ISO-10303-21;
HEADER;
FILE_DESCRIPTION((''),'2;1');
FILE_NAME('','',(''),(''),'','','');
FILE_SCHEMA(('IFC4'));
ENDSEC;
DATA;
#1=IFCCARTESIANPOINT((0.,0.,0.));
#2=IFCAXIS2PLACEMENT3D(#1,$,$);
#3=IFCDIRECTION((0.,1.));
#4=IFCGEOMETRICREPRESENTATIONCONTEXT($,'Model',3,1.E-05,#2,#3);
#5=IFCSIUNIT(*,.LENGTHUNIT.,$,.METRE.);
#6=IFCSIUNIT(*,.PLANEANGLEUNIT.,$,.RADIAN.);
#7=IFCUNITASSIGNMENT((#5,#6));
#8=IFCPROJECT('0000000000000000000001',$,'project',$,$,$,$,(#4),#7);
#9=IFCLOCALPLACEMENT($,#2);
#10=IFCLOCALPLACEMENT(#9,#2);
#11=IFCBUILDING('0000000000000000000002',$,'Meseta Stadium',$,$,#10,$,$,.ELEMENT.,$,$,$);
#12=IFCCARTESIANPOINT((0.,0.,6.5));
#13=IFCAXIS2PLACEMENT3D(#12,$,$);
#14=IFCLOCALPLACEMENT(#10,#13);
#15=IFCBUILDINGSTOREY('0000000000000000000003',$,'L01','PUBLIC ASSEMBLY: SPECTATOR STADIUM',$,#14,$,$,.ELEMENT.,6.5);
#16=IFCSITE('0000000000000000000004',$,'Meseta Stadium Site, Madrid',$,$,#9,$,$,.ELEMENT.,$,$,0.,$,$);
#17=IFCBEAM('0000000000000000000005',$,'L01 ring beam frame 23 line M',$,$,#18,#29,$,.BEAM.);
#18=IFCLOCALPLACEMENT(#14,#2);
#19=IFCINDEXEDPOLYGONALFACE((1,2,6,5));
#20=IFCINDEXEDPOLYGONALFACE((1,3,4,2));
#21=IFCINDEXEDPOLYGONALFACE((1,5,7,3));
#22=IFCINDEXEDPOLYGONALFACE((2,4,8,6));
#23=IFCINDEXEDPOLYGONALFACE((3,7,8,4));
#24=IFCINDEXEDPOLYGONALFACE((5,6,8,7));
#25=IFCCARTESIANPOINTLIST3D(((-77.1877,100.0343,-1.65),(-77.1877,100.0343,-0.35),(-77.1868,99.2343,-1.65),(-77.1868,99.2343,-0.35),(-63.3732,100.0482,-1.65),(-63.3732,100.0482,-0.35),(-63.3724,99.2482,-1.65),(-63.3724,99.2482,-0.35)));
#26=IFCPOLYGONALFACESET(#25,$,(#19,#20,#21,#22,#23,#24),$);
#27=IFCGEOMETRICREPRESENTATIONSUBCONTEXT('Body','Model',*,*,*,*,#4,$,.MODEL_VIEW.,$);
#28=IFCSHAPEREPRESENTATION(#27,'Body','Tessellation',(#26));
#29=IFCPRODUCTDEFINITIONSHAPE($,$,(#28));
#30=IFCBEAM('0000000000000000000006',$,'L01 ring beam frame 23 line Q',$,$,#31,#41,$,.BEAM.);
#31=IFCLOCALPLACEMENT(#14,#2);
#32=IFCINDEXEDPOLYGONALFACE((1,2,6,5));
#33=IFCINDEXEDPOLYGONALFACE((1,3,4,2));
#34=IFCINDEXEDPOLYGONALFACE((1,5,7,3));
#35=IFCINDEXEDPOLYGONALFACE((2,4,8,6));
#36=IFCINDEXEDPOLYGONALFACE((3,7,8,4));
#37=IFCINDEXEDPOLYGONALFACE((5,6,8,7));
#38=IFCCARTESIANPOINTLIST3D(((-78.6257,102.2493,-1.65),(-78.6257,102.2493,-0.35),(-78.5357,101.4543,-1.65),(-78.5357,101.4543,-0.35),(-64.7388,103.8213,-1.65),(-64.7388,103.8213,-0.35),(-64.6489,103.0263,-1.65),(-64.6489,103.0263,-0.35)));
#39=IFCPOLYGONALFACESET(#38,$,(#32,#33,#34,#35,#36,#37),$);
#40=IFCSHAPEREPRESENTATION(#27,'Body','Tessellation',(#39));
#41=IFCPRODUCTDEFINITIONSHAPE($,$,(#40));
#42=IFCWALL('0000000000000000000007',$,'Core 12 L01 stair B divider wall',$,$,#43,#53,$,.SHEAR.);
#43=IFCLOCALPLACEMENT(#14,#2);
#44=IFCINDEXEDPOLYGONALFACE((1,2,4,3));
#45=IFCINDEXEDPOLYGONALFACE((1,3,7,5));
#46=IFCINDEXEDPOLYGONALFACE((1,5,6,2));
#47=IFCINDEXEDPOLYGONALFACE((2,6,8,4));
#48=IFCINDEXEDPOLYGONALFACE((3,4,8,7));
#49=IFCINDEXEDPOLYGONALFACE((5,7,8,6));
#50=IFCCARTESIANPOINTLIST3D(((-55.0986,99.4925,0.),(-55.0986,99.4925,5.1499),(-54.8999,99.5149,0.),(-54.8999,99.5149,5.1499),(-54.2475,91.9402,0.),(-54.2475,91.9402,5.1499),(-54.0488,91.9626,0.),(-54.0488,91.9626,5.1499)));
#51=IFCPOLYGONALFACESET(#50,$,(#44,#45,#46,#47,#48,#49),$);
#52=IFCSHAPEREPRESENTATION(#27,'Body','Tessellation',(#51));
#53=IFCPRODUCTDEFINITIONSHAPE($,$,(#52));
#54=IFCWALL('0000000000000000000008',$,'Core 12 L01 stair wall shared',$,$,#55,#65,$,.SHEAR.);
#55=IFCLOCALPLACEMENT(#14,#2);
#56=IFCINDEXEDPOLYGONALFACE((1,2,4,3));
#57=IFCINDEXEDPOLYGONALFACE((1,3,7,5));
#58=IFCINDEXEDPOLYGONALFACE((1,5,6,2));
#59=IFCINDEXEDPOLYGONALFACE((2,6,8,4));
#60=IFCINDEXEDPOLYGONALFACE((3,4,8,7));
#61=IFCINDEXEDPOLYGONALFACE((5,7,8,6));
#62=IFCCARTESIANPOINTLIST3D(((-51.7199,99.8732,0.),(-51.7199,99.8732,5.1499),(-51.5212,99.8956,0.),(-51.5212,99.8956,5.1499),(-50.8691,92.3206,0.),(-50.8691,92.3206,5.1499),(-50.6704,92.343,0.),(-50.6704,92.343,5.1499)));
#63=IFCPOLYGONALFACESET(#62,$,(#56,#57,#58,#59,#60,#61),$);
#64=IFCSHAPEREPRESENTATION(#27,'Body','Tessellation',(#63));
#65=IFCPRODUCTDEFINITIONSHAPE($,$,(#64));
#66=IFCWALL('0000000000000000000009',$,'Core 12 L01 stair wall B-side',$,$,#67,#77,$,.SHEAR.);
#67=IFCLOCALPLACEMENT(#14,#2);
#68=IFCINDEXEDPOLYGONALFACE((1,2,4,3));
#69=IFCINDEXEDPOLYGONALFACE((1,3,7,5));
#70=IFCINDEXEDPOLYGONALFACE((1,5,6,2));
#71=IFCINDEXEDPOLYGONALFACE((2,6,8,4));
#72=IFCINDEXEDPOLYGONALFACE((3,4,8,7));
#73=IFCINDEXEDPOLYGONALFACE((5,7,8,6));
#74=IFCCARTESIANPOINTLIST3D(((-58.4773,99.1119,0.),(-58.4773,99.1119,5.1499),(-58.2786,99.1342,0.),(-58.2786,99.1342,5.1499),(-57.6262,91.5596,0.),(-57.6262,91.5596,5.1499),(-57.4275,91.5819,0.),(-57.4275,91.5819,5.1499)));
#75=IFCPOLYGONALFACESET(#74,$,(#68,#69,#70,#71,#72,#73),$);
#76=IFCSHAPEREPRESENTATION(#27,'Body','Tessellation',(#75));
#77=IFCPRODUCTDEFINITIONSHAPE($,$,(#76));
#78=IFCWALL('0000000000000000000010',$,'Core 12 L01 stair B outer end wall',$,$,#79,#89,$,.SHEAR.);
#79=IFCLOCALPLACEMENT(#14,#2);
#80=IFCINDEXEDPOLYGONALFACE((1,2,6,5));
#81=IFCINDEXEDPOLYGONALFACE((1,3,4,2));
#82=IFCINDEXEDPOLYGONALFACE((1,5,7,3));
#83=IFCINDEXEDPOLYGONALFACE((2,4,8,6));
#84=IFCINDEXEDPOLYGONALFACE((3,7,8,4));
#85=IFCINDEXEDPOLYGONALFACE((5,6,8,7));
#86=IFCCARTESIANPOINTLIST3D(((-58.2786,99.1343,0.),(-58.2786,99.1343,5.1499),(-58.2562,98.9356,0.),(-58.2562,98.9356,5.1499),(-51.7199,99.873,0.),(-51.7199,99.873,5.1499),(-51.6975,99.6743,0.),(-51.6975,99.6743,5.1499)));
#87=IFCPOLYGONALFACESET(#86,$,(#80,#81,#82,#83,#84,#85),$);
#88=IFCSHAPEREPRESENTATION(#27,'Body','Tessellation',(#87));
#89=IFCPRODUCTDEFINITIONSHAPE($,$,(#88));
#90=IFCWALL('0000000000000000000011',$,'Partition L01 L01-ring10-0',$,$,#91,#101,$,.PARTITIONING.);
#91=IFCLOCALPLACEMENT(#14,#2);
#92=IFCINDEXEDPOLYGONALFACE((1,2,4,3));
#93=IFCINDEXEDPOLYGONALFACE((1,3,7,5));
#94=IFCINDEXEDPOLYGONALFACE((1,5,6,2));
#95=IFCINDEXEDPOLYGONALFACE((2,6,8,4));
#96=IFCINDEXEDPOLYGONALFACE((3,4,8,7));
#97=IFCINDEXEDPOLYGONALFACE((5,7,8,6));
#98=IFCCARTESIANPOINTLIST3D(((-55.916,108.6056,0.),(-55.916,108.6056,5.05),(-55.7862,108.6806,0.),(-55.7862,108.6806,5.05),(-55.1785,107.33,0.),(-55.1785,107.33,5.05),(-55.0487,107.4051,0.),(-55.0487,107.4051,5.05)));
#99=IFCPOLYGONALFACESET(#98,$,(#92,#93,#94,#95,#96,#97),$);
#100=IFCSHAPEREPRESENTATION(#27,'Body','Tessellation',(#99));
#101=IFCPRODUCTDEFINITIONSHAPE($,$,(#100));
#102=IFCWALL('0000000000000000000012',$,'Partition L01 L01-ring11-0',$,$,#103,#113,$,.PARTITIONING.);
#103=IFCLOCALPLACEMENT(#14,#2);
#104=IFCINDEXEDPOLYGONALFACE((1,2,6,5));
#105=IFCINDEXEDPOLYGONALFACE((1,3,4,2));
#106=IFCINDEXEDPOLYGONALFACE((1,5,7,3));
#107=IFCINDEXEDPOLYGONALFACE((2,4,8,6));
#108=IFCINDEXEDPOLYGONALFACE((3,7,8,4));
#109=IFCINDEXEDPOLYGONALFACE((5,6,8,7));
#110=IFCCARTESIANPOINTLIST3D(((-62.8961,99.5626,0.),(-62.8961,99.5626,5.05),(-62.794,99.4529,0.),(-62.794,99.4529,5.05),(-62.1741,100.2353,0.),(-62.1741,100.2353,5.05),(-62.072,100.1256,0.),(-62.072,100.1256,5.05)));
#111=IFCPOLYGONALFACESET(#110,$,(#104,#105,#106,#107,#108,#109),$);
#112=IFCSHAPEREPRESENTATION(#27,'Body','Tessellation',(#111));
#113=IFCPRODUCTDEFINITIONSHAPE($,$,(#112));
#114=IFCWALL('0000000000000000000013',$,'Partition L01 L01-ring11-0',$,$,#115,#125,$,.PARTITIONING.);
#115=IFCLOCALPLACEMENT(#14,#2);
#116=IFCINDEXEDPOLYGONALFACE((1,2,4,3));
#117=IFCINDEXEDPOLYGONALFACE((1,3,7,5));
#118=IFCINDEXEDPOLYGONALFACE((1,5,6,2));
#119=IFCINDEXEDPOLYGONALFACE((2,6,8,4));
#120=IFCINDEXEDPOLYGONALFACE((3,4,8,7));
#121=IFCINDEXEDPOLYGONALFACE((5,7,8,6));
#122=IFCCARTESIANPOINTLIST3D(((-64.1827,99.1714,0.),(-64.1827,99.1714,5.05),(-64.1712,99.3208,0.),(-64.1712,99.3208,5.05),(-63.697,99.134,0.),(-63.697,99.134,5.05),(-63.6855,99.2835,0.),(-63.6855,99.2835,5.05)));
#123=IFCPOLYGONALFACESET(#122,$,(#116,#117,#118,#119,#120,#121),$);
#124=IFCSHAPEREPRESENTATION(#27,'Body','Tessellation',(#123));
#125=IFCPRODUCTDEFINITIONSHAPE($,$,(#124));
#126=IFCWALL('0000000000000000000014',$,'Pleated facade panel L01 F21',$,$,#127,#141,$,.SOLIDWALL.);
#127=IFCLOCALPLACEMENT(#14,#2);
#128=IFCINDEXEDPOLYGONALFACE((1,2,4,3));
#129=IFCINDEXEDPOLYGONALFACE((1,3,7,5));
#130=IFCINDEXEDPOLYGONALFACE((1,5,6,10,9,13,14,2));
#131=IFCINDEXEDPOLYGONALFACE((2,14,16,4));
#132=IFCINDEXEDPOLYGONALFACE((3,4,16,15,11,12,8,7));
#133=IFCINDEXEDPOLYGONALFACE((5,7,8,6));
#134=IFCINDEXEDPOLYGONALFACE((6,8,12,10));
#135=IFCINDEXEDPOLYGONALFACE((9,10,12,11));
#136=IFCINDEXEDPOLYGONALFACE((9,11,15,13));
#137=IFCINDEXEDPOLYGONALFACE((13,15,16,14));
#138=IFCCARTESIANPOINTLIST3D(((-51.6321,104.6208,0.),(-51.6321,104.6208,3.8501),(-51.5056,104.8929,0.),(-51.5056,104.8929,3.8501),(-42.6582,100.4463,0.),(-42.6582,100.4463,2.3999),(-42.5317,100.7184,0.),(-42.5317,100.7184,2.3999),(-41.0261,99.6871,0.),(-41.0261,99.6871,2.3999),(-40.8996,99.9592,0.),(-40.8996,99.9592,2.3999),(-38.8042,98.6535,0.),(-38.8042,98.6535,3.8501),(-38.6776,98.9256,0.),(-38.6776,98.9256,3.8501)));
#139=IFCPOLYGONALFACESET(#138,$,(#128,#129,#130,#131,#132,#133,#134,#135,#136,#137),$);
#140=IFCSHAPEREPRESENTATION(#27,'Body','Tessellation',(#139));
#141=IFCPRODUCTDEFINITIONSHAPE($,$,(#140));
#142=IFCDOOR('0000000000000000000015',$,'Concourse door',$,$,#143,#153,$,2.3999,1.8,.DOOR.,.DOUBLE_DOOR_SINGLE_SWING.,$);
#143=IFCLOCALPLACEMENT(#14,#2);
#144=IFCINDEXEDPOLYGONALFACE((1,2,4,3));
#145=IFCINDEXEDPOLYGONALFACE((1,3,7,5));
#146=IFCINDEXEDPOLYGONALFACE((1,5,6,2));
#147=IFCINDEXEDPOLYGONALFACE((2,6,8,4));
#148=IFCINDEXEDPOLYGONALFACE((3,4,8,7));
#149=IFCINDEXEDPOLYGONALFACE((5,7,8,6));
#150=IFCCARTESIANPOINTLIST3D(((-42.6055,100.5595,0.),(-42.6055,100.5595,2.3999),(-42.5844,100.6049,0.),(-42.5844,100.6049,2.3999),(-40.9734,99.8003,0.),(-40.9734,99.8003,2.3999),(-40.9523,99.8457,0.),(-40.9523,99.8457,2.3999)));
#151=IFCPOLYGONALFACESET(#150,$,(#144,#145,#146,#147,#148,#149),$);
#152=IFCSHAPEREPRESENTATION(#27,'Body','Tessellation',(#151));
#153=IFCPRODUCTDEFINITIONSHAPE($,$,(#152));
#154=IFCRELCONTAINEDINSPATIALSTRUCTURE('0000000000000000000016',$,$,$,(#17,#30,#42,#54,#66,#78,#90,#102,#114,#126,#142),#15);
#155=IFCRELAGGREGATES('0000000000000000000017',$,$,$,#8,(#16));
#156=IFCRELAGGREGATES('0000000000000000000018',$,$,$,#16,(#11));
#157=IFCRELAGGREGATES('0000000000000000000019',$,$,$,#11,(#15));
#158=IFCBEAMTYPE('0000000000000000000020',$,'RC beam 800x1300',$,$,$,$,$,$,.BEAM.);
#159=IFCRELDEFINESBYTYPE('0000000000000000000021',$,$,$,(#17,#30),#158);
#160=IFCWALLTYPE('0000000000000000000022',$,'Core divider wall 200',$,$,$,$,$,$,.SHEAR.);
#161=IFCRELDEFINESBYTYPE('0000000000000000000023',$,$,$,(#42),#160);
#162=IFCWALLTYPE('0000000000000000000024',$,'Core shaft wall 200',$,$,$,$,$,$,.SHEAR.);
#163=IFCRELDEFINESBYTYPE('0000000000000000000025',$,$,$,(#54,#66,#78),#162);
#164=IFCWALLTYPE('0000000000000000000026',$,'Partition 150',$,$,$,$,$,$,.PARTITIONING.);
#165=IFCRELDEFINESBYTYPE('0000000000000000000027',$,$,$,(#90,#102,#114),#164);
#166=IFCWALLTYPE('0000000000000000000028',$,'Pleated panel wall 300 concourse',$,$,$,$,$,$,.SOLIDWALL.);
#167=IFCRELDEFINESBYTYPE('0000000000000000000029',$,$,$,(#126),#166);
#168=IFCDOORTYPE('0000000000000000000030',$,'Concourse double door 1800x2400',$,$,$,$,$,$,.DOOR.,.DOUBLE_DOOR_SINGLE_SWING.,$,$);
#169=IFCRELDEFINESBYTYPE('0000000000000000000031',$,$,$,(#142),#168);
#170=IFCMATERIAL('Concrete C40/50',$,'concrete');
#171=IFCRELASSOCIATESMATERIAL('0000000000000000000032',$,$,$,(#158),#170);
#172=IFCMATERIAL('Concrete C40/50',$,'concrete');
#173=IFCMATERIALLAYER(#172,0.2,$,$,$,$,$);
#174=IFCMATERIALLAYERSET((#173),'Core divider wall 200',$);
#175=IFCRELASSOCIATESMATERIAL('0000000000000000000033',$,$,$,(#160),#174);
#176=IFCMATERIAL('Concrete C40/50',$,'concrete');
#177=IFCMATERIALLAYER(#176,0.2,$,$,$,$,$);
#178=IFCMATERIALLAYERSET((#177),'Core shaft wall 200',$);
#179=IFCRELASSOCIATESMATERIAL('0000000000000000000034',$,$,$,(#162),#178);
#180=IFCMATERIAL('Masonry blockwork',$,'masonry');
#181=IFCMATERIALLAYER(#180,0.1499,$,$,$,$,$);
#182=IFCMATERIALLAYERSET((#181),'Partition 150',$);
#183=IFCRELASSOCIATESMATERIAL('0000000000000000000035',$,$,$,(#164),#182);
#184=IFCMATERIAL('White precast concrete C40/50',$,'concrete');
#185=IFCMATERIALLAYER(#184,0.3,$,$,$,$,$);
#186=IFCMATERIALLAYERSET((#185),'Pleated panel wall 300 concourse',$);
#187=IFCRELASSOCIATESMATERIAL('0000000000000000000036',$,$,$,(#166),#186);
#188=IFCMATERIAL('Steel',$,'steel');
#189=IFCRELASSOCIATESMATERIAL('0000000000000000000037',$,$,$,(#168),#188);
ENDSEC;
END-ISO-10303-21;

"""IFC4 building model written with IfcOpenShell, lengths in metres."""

from ifc_helpers import new_model, si_unit, direction, frame, frame_2d, origin, origin_2d, place, context, subcontext, project, spatial, rectangle, extrude, material, layer, layer_set, material_profile, profile_set, type_object, element, fill, save


model = new_model("IFC4")

# Units and contexts
model_context = context("Model", 3, precision=1e-05, world=origin(), true_north=direction((0.0, 1.0)))
body_context = subcontext(model_context, "Body", "Model", "MODEL_VIEW")
ifc_project = project(units=[si_unit("LENGTHUNIT", "METRE"), si_unit("PLANEANGLEUNIT", "RADIAN")], contexts=[model_context])

# Site, building, storey
site_placement = place(None, origin())
site = spatial("IfcSite", under=ifc_project, at=site_placement, Name="Meseta Stadium Site, Madrid", CompositionType="ELEMENT", RefElevation=0.0)
building_placement = place(site_placement, origin())
building = spatial("IfcBuilding", under=site, at=building_placement, Name="Meseta Stadium", CompositionType="ELEMENT")
storey_placement = place(building_placement, frame((0.0, 0.0, 6.5)))
storey = spatial("IfcBuildingStorey", under=building, at=storey_placement, Name="L01", Description="PUBLIC ASSEMBLY: SPECTATOR STADIUM", CompositionType="ELEMENT", Elevation=6.5)

# Beams
ifc_material_1 = material(Name="Concrete C40/50", Category="concrete")
ifc_material_profile_1 = material_profile(ifc_material_1, rectangle(XDim=0.8, YDim=1.3, at=origin_2d()), Name="RC 800x1300")
ifc_profile_set_1 = profile_set([ifc_material_profile_1], Name="Concrete C40/50")
beam_type_1 = type_object("IfcBeamType", Name="RC beam 800x1300", PredefinedType="BEAM", material=ifc_profile_set_1)
beam_1_placement = place(storey_placement, frame((-63.3728, 99.6482, -1.0), z_axis=(-0.999999, -0.001007, 0.0), x_axis=(0.001007, -0.999999, 0.0)))
element("IfcBeam", 1, at=beam_1_placement, inside=storey, type_object=beam_type_1, Name="L01 ring beam frame 23 line M", PredefinedType="BEAM", context=body_context, shape_type="SweptSolid", body=[
    extrude(rectangle(XDim=0.8, YDim=1.3, at=origin_2d()), origin(), (0.0, 0.0, 1.0), 13.8145),
])
beam_2_placement = place(storey_placement, frame((-64.6938, 103.4238, -1.0), z_axis=(-0.993654, -0.112483, 0.0), x_axis=(0.112483, -0.993654, 0.0)))
element("IfcBeam", 2, at=beam_2_placement, inside=storey, type_object=beam_type_1, Name="L01 ring beam frame 23 line Q", PredefinedType="BEAM", context=body_context, shape_type="SweptSolid", body=[
    extrude(rectangle(XDim=0.8, YDim=1.3, at=origin_2d()), origin(), (0.0, 0.0, 1.0), 13.9756),
])

# Walls
ifc_material_2 = material(Name="Concrete C40/50", Category="concrete")
ifc_layer_1 = layer(ifc_material_2, 0.2)
ifc_layer_set_1 = layer_set([ifc_layer_1], Name="Core divider wall 200")
wall_type_1 = type_object("IfcWallType", Name="Core divider wall 200", PredefinedType="SHEAR", material=ifc_layer_set_1)
wall_1_placement = place(storey_placement, frame((-54.9993, 99.5037, 0.0), z_axis=(0.0, 0.0, 1.0), x_axis=(0.111983, -0.99371, 0.0)))
element("IfcWall", 3, at=wall_1_placement, inside=storey, type_object=wall_type_1, Name="Core 12 L01 stair B divider wall", PredefinedType="SHEAR", context=body_context, shape_type="SweptSolid", body=[
    extrude(rectangle(XDim=7.6001, YDim=0.2, at=frame_2d((3.8, 0.0))), origin(), (0.0, 0.0, 1.0), 5.1499),
])
ifc_material_3 = material(Name="Concrete C40/50", Category="concrete")
ifc_layer_2 = layer(ifc_material_3, 0.2)
ifc_layer_set_2 = layer_set([ifc_layer_2], Name="Core shaft wall 200")
wall_type_2 = type_object("IfcWallType", Name="Core shaft wall 200", PredefinedType="SHEAR", material=ifc_layer_set_2)
wall_2_placement = place(storey_placement, frame((-51.6206, 99.8845, 0.0), z_axis=(0.0, 0.0, 1.0), x_axis=(0.111947, -0.993714, 0.0)))
element("IfcWall", 4, at=wall_2_placement, inside=storey, type_object=wall_type_2, Name="Core 12 L01 stair wall shared", PredefinedType="SHEAR", context=body_context, shape_type="SweptSolid", body=[
    extrude(rectangle(XDim=7.6003, YDim=0.2, at=frame_2d((3.8003, 0.0))), origin(), (0.0, 0.0, 1.0), 5.1499),
])
wall_3_placement = place(storey_placement, frame((-58.3779, 99.123, 0.0), z_axis=(0.0, 0.0, 1.0), x_axis=(0.111983, -0.99371, 0.0)))
element("IfcWall", 5, at=wall_3_placement, inside=storey, type_object=wall_type_2, Name="Core 12 L01 stair wall B-side", PredefinedType="SHEAR", context=body_context, shape_type="SweptSolid", body=[
    extrude(rectangle(XDim=7.6001, YDim=0.2, at=frame_2d((3.8, 0.0))), origin(), (0.0, 0.0, 1.0), 5.1499),
])
wall_4_placement = place(storey_placement, frame((-51.7087, 99.7737, 0.0), z_axis=(0.0, 0.0, 1.0), x_axis=(-0.993716, -0.111934, 0.0)))
element("IfcWall", 6, at=wall_4_placement, inside=storey, type_object=wall_type_2, Name="Core 12 L01 stair B outer end wall", PredefinedType="SHEAR", context=body_context, shape_type="SweptSolid", body=[
    extrude(rectangle(XDim=6.6001, YDim=0.2, at=frame_2d((3.3, 0.0))), origin(), (0.0, 0.0, 1.0), 5.1499),
])
ifc_material_4 = material(Name="Masonry blockwork", Category="masonry")
ifc_layer_3 = layer(ifc_material_4, 0.1499)
ifc_layer_set_3 = layer_set([ifc_layer_3], Name="Partition 150")
wall_type_3 = type_object("IfcWallType", Name="Partition 150", PredefinedType="PARTITIONING", material=ifc_layer_set_3)
wall_5_placement = place(storey_placement, frame((-55.1135, 107.3674, 0.0), z_axis=(0.0, 0.0, 1.0), x_axis=(-0.50054, 0.865714, 0.0)))
element("IfcWall", 7, at=wall_5_placement, inside=storey, type_object=wall_type_3, Name="Partition L01 L01-ring10-0", PredefinedType="PARTITIONING", context=body_context, shape_type="SweptSolid", body=[
    extrude(rectangle(XDim=1.4734, YDim=0.1499, at=frame_2d((0.7368, 0.0))), origin(), (0.0, 0.0, 1.0), 5.05),
])
wall_6_placement = place(storey_placement, frame((-62.123, 100.1804, 0.0), z_axis=(0.0, 0.0, 1.0), x_axis=(-0.731656, -0.681674, 0.0)))
element("IfcWall", 8, at=wall_6_placement, inside=storey, type_object=wall_type_3, Name="Partition L01 L01-ring11-0", PredefinedType="PARTITIONING", context=body_context, shape_type="SweptSolid", body=[
    extrude(rectangle(XDim=0.9868, YDim=0.1499, at=frame_2d((0.4934, 0.0))), origin(), (0.0, 0.0, 1.0), 5.05),
])
wall_7_placement = place(storey_placement, frame((-63.6912, 99.2087, 0.0), z_axis=(0.0, 0.0, 1.0), x_axis=(-0.997054, 0.076696, 0.0)))
element("IfcWall", 9, at=wall_7_placement, inside=storey, type_object=wall_type_3, Name="Partition L01 L01-ring11-0", PredefinedType="PARTITIONING", context=body_context, shape_type="SweptSolid", body=[
    extrude(rectangle(XDim=0.4871, YDim=0.1499, at=frame_2d((0.2437, 0.0))), origin(), (0.0, 0.0, 1.0), 5.05),
])

# Wall, opening, door
ifc_material_5 = material(Name="White precast concrete C40/50", Category="concrete")
ifc_layer_4 = layer(ifc_material_5, 0.3)
ifc_layer_set_4 = layer_set([ifc_layer_4], Name="Pleated panel wall 300 concourse")
wall_type_4 = type_object("IfcWallType", Name="Pleated panel wall 300 concourse", PredefinedType="SOLIDWALL", material=ifc_layer_set_4)
wall_8_placement = place(storey_placement, frame((-51.5688, 104.7568, 0.0), z_axis=(0.0, 0.0, 1.0), x_axis=(0.906699, -0.421779, 0.0)))
wall_8 = element("IfcWall", 10, at=wall_8_placement, inside=storey, type_object=wall_type_4, Name="Pleated facade panel L01 F21", PredefinedType="SOLIDWALL", context=body_context, shape_type="SweptSolid", body=[
    extrude(rectangle(XDim=14.1479, YDim=0.3, at=frame_2d((7.074, 0.0))), origin(), (0.0, 0.0, 1.0), 3.8501),
])
opening_placement = place(wall_8_placement, frame((9.8975, 0.0, 0.0)))
opening = element("IfcOpeningElement", 11, at=opening_placement, cuts=wall_8, PredefinedType="OPENING", context=body_context, shape_type="SweptSolid", body=[
    extrude(rectangle(XDim=1.8, YDim=2.3999, at=frame_2d((0.8999, 1.2))), frame((0.0, 0.1599, 0.0), z_axis=(0.0, -1.0, 0.0), x_axis=(1.0, 0.0, 0.0)), (0.0, 0.0, 1.0), 0.3201),
])
ifc_material_6 = material(Name="Steel", Category="steel")
door_type = type_object("IfcDoorType", Name="Concourse double door 1800x2400", OperationType="DOUBLE_DOOR_SINGLE_SWING", PredefinedType="DOOR", material=ifc_material_6)
door_placement = place(opening_placement, origin())
door = element("IfcDoor", 12, at=door_placement, inside=storey, type_object=door_type, Name="Concourse door", OperationType="DOUBLE_DOOR_SINGLE_SWING", OverallHeight=2.3999, OverallWidth=1.8, PredefinedType="DOOR", context=body_context, shape_type="SweptSolid", body=[
    extrude(rectangle(XDim=1.8, YDim=2.3999, at=frame_2d((0.8999, 1.2))), frame((0.0, 0.0249, 0.0), z_axis=(0.0, -1.0, 0.0), x_axis=(1.0, 0.0, 0.0)), (0.0, 0.0, 1.0), 0.05),
])
fill(opening, door)

save(model, "model.ifc")
